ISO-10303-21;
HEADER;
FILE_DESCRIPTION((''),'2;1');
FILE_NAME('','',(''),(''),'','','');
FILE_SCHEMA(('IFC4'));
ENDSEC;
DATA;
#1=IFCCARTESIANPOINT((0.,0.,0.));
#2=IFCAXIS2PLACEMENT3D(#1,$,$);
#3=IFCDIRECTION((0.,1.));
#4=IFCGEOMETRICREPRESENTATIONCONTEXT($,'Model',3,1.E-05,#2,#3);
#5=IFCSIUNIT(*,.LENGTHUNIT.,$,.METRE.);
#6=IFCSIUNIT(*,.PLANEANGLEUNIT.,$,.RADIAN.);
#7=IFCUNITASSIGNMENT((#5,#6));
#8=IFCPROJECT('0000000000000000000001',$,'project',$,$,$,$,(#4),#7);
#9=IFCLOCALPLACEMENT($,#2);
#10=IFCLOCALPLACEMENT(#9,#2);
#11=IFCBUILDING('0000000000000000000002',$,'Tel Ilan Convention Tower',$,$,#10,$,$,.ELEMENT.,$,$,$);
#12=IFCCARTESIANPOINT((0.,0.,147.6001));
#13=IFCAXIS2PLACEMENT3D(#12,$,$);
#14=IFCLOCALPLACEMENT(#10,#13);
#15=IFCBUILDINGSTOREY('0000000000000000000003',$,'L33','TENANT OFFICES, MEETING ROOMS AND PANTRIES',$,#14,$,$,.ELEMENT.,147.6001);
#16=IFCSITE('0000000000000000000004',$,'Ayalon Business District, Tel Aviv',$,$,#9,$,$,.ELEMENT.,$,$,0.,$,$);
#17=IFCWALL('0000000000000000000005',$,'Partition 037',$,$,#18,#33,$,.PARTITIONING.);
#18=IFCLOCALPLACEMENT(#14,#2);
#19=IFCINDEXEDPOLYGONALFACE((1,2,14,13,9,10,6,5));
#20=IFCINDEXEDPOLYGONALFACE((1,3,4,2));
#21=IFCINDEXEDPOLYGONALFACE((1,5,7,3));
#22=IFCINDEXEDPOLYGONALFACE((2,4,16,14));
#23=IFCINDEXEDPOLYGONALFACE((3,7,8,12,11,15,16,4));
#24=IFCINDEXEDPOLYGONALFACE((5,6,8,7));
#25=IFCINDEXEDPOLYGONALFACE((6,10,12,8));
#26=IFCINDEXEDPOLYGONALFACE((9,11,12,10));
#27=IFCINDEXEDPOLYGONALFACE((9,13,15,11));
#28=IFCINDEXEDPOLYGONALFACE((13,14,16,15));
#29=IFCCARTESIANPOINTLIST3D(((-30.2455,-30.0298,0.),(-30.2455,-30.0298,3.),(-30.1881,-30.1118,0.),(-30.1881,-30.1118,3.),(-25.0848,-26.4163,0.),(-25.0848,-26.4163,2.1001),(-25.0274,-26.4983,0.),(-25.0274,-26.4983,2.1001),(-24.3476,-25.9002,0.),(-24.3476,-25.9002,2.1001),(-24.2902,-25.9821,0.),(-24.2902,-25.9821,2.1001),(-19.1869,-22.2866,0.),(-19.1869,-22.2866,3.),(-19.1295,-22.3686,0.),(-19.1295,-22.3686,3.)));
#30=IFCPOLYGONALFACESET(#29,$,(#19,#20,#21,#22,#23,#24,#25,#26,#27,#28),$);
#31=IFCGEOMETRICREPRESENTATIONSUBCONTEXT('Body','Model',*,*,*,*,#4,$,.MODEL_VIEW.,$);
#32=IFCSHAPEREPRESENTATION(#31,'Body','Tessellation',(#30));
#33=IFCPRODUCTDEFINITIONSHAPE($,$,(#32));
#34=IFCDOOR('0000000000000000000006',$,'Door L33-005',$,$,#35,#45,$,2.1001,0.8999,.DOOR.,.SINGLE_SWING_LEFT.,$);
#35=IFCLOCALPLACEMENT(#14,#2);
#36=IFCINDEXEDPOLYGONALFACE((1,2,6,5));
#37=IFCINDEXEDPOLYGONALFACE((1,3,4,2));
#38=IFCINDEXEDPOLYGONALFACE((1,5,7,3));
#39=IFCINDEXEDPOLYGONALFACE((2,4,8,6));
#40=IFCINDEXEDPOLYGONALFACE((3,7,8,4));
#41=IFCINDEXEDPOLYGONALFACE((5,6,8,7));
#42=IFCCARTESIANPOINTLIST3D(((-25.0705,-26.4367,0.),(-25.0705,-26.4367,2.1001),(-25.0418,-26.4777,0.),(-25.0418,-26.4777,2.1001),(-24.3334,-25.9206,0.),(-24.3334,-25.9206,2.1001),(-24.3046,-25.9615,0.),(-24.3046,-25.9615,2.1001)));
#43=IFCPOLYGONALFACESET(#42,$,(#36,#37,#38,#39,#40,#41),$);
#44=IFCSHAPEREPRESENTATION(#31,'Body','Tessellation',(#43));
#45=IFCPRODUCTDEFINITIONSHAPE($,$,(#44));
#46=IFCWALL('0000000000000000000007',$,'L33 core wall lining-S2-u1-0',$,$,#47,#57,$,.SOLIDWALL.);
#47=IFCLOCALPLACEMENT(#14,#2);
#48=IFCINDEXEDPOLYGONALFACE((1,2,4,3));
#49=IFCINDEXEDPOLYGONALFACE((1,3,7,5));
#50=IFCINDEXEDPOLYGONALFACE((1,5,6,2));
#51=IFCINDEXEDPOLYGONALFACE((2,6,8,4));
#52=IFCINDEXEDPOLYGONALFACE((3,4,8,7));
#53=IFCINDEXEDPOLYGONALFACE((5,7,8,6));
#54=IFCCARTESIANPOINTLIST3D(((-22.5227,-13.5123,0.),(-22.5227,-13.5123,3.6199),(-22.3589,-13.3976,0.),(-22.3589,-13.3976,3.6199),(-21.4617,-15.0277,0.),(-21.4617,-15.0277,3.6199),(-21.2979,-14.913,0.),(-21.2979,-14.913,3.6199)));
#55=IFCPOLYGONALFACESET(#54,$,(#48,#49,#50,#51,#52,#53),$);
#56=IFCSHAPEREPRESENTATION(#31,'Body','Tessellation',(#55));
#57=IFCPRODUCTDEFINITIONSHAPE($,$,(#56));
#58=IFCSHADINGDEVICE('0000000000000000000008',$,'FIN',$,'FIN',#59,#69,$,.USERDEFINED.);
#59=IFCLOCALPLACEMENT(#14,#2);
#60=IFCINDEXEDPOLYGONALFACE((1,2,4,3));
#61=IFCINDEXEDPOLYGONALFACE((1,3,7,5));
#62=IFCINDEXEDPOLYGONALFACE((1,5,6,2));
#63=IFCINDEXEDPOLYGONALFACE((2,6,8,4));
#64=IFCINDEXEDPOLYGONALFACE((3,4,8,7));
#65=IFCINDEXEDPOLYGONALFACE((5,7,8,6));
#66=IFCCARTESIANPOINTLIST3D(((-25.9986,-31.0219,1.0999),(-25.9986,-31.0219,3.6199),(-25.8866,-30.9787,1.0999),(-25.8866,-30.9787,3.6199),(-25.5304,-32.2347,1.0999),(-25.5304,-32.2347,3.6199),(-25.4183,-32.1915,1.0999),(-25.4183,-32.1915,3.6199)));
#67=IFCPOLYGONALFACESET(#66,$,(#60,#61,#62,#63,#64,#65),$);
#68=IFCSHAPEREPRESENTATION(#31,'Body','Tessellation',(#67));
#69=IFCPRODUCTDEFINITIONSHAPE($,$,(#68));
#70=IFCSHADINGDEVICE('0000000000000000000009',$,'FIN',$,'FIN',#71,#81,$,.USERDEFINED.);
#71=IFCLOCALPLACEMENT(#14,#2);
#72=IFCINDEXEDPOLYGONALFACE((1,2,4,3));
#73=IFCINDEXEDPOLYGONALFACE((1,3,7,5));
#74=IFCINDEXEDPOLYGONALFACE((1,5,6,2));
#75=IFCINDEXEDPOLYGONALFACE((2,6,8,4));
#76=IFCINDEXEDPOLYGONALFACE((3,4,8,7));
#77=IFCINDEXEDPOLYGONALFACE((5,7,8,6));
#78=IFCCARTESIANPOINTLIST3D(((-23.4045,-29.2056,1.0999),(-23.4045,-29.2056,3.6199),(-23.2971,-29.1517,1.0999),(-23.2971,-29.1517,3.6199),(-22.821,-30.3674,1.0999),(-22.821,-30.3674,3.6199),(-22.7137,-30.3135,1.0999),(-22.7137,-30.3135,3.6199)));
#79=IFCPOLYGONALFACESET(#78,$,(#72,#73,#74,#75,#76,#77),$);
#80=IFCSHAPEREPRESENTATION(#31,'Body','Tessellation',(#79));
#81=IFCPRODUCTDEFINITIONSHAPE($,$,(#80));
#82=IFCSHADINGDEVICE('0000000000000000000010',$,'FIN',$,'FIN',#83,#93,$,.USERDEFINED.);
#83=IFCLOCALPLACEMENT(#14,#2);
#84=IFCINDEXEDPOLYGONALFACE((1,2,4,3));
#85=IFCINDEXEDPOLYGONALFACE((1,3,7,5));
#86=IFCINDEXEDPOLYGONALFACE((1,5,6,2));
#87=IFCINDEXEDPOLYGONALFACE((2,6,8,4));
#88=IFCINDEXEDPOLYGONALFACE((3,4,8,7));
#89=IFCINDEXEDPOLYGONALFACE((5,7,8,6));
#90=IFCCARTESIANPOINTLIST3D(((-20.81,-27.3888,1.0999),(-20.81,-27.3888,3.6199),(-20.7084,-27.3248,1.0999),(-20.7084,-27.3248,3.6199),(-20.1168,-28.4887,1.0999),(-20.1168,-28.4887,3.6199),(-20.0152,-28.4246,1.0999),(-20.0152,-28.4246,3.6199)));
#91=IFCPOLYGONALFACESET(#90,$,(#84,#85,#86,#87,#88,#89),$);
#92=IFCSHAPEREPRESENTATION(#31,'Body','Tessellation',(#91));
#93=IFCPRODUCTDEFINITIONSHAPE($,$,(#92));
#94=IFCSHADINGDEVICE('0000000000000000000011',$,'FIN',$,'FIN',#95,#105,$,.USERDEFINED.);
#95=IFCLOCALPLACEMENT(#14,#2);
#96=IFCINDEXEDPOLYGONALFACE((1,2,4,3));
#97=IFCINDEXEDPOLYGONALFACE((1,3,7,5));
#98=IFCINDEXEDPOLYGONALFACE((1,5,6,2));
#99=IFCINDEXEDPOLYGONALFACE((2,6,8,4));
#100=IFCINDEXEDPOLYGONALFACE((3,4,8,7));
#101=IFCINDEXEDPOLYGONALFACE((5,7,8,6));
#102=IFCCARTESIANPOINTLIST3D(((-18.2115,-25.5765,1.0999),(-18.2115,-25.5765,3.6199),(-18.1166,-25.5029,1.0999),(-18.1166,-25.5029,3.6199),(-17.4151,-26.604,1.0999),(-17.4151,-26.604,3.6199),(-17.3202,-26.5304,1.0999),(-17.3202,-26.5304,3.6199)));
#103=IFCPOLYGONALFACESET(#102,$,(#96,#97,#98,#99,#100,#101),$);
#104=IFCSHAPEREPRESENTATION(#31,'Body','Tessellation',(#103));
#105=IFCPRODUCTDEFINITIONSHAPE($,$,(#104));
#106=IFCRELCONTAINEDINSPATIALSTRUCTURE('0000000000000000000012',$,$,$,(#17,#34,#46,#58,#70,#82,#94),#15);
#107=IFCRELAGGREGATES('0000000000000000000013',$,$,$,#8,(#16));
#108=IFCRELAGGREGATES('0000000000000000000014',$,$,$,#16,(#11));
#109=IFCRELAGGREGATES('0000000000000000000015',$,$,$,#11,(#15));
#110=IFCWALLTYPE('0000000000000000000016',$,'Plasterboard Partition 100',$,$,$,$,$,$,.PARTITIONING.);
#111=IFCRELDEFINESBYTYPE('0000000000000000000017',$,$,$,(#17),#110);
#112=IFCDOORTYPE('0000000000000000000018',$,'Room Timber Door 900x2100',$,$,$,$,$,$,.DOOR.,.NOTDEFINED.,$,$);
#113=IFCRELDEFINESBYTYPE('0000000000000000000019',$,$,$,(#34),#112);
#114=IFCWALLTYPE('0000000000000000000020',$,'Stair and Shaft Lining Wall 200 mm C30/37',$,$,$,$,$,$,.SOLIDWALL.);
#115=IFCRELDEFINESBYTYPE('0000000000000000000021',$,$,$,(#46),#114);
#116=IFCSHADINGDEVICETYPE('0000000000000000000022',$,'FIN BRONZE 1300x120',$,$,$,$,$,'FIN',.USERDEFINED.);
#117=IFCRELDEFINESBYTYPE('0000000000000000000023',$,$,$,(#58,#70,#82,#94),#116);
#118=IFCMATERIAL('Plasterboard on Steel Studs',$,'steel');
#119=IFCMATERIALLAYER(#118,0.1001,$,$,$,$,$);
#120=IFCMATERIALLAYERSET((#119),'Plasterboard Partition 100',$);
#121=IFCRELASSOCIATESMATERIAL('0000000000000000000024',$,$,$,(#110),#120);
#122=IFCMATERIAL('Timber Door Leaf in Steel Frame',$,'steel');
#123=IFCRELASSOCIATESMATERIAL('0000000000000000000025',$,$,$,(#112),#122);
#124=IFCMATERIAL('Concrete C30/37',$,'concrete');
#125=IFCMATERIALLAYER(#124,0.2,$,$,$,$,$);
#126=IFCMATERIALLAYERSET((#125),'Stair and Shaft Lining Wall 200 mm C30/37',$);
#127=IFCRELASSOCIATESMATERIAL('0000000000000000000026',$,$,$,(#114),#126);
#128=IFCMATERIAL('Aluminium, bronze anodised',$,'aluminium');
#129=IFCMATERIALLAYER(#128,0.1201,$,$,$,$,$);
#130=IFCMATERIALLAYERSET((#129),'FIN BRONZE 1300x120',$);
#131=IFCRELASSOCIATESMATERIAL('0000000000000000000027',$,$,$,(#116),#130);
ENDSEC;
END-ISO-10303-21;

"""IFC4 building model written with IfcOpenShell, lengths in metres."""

from ifc_helpers import new_model, si_unit, direction, frame, frame_2d, origin, origin_2d, place, context, subcontext, project, spatial, rectangle, extrude, material, layer, layer_set, type_object, element, fill, save


model = new_model("IFC4")

# Units and contexts
model_context = context("Model", 3, precision=1e-05, world=origin(), true_north=direction((0.0, 1.0)))
body_context = subcontext(model_context, "Body", "Model", "MODEL_VIEW")
ifc_project = project(units=[si_unit("LENGTHUNIT", "METRE"), si_unit("PLANEANGLEUNIT", "RADIAN")], contexts=[model_context])

# Site, building, storey
site_placement = place(None, origin())
site = spatial("IfcSite", under=ifc_project, at=site_placement, Name="Ayalon Business District, Tel Aviv", CompositionType="ELEMENT", RefElevation=0.0)
building_placement = place(site_placement, origin())
building = spatial("IfcBuilding", under=site, at=building_placement, Name="Tel Ilan Convention Tower", CompositionType="ELEMENT")
storey_placement = place(building_placement, frame((0.0, 0.0, 147.6001)))
storey = spatial("IfcBuildingStorey", under=building, at=storey_placement, Name="L33", Description="TENANT OFFICES, MEETING ROOMS AND PANTRIES", CompositionType="ELEMENT", Elevation=147.6001)

# Wall, opening, door
ifc_material_1 = material(Name="Plasterboard on Steel Studs", Category="steel")
ifc_layer_1 = layer(ifc_material_1, 0.1001)
ifc_layer_set_1 = layer_set([ifc_layer_1], Name="Plasterboard Partition 100")
wall_type_1 = type_object("IfcWallType", Name="Plasterboard Partition 100", PredefinedType="PARTITIONING", material=ifc_layer_set_1)
wall_1_placement = place(storey_placement, frame((-19.1582, -22.3276, 0.0), z_axis=(0.0, 0.0, 1.0), x_axis=(-0.819157, -0.573569, 0.0)))
wall_1 = element("IfcWall", 1, at=wall_1_placement, inside=storey, type_object=wall_type_1, Name="Partition 037", PredefinedType="PARTITIONING", context=body_context, shape_type="SweptSolid", body=[
    extrude(rectangle(XDim=13.5, YDim=0.1001, at=frame_2d((6.75, 0.0))), origin(), (0.0, 0.0, 1.0), 3.0),
])
opening_1_placement = place(wall_1_placement, frame((6.3, 0.0, 0.0)))
opening_1 = element("IfcOpeningElement", 2, at=opening_1_placement, cuts=wall_1, PredefinedType="OPENING", context=body_context, shape_type="SweptSolid", body=[
    extrude(rectangle(XDim=0.8999, YDim=2.1001, at=frame_2d((0.45, 1.05))), frame((0.0, 0.0601, 0.0), z_axis=(0.0, -1.0, 0.0), x_axis=(1.0, 0.0, 0.0)), (0.0, 0.0, 1.0), 0.1201),
])
ifc_material_2 = material(Name="Timber Door Leaf in Steel Frame", Category="steel")
door_type_1 = type_object("IfcDoorType", Name="Room Timber Door 900x2100", OperationType="NOTDEFINED", PredefinedType="DOOR", material=ifc_material_2)
door_1_placement = place(opening_1_placement, origin())
door_1 = element("IfcDoor", 3, at=door_1_placement, inside=storey, type_object=door_type_1, Name="Door L33-005", OperationType="SINGLE_SWING_LEFT", OverallHeight=2.1001, OverallWidth=0.8999, PredefinedType="DOOR", context=body_context, shape_type="SweptSolid", body=[
    extrude(rectangle(XDim=0.8999, YDim=2.1001, at=frame_2d((0.45, 1.05))), frame((0.0, 0.0249, 0.0), z_axis=(0.0, -1.0, 0.0), x_axis=(1.0, 0.0, 0.0)), (0.0, 0.0, 1.0), 0.05),
])
fill(opening_1, door_1)

# Wall
ifc_material_3 = material(Name="Concrete C30/37", Category="concrete")
ifc_layer_2 = layer(ifc_material_3, 0.2)
ifc_layer_set_2 = layer_set([ifc_layer_2], Name="Stair and Shaft Lining Wall 200 mm C30/37")
wall_type_2 = type_object("IfcWallType", Name="Stair and Shaft Lining Wall 200 mm C30/37", PredefinedType="SOLIDWALL", material=ifc_layer_set_2)
wall_2_placement = place(storey_placement, frame((-21.3799, -14.9702, 0.0), z_axis=(0.0, 0.0, 1.0), x_axis=(-0.57356, 0.819164, 0.0)))
element("IfcWall", 4, at=wall_2_placement, inside=storey, type_object=wall_type_2, Name="L33 core wall lining-S2-u1-0", PredefinedType="SOLIDWALL", context=body_context, shape_type="SweptSolid", body=[
    extrude(rectangle(XDim=1.8499, YDim=0.2, at=frame_2d((0.9248, 0.0))), origin(), (0.0, 0.0, 1.0), 3.6199),
])

# Shading devices
ifc_material_4 = material(Name="Aluminium, bronze anodised", Category="aluminium")
ifc_layer_3 = layer(ifc_material_4, 0.1201)
ifc_layer_set_3 = layer_set([ifc_layer_3], Name="FIN BRONZE 1300x120")
shading_device_type = type_object("IfcShadingDeviceType", Name="FIN BRONZE 1300x120", ElementType="FIN", PredefinedType="USERDEFINED", material=ifc_layer_set_3)
for number, where, z_axis, x_axis, name in (
    (5, (-25.7085, -31.6067, 1.0999), (0.0, 0.0, 1.0), (0.360178, -0.932884, 0.0), "FIN"),
    (6, (-23.0591, -29.7595, 1.0999), (0.0, 0.0, 1.0), (0.448799, -0.893633, 0.0), "FIN"),
    (7, (-20.4126, -27.9067, 1.0999), (0.0, 0.0, 1.0), (0.533204, -0.845986, 0.0), "FIN"),
    (8, (-17.7659, -26.0535, 1.0999), (0.0, 0.0, 1.0), (0.612601, -0.790393, 0.0), "FIN"),
):
    element("IfcShadingDevice", number, at=place(storey_placement, frame(where, z_axis=z_axis, x_axis=x_axis)), inside=storey, type_object=shading_device_type, Name=name, ObjectType="FIN", PredefinedType="USERDEFINED", context=body_context, shape_type="SweptSolid", body=[
        extrude(rectangle(XDim=1.3, YDim=0.1201, at=origin_2d()), origin(), (0.0, 0.0, 1.0), 2.52),
    ])

save(model, "model.ifc")
